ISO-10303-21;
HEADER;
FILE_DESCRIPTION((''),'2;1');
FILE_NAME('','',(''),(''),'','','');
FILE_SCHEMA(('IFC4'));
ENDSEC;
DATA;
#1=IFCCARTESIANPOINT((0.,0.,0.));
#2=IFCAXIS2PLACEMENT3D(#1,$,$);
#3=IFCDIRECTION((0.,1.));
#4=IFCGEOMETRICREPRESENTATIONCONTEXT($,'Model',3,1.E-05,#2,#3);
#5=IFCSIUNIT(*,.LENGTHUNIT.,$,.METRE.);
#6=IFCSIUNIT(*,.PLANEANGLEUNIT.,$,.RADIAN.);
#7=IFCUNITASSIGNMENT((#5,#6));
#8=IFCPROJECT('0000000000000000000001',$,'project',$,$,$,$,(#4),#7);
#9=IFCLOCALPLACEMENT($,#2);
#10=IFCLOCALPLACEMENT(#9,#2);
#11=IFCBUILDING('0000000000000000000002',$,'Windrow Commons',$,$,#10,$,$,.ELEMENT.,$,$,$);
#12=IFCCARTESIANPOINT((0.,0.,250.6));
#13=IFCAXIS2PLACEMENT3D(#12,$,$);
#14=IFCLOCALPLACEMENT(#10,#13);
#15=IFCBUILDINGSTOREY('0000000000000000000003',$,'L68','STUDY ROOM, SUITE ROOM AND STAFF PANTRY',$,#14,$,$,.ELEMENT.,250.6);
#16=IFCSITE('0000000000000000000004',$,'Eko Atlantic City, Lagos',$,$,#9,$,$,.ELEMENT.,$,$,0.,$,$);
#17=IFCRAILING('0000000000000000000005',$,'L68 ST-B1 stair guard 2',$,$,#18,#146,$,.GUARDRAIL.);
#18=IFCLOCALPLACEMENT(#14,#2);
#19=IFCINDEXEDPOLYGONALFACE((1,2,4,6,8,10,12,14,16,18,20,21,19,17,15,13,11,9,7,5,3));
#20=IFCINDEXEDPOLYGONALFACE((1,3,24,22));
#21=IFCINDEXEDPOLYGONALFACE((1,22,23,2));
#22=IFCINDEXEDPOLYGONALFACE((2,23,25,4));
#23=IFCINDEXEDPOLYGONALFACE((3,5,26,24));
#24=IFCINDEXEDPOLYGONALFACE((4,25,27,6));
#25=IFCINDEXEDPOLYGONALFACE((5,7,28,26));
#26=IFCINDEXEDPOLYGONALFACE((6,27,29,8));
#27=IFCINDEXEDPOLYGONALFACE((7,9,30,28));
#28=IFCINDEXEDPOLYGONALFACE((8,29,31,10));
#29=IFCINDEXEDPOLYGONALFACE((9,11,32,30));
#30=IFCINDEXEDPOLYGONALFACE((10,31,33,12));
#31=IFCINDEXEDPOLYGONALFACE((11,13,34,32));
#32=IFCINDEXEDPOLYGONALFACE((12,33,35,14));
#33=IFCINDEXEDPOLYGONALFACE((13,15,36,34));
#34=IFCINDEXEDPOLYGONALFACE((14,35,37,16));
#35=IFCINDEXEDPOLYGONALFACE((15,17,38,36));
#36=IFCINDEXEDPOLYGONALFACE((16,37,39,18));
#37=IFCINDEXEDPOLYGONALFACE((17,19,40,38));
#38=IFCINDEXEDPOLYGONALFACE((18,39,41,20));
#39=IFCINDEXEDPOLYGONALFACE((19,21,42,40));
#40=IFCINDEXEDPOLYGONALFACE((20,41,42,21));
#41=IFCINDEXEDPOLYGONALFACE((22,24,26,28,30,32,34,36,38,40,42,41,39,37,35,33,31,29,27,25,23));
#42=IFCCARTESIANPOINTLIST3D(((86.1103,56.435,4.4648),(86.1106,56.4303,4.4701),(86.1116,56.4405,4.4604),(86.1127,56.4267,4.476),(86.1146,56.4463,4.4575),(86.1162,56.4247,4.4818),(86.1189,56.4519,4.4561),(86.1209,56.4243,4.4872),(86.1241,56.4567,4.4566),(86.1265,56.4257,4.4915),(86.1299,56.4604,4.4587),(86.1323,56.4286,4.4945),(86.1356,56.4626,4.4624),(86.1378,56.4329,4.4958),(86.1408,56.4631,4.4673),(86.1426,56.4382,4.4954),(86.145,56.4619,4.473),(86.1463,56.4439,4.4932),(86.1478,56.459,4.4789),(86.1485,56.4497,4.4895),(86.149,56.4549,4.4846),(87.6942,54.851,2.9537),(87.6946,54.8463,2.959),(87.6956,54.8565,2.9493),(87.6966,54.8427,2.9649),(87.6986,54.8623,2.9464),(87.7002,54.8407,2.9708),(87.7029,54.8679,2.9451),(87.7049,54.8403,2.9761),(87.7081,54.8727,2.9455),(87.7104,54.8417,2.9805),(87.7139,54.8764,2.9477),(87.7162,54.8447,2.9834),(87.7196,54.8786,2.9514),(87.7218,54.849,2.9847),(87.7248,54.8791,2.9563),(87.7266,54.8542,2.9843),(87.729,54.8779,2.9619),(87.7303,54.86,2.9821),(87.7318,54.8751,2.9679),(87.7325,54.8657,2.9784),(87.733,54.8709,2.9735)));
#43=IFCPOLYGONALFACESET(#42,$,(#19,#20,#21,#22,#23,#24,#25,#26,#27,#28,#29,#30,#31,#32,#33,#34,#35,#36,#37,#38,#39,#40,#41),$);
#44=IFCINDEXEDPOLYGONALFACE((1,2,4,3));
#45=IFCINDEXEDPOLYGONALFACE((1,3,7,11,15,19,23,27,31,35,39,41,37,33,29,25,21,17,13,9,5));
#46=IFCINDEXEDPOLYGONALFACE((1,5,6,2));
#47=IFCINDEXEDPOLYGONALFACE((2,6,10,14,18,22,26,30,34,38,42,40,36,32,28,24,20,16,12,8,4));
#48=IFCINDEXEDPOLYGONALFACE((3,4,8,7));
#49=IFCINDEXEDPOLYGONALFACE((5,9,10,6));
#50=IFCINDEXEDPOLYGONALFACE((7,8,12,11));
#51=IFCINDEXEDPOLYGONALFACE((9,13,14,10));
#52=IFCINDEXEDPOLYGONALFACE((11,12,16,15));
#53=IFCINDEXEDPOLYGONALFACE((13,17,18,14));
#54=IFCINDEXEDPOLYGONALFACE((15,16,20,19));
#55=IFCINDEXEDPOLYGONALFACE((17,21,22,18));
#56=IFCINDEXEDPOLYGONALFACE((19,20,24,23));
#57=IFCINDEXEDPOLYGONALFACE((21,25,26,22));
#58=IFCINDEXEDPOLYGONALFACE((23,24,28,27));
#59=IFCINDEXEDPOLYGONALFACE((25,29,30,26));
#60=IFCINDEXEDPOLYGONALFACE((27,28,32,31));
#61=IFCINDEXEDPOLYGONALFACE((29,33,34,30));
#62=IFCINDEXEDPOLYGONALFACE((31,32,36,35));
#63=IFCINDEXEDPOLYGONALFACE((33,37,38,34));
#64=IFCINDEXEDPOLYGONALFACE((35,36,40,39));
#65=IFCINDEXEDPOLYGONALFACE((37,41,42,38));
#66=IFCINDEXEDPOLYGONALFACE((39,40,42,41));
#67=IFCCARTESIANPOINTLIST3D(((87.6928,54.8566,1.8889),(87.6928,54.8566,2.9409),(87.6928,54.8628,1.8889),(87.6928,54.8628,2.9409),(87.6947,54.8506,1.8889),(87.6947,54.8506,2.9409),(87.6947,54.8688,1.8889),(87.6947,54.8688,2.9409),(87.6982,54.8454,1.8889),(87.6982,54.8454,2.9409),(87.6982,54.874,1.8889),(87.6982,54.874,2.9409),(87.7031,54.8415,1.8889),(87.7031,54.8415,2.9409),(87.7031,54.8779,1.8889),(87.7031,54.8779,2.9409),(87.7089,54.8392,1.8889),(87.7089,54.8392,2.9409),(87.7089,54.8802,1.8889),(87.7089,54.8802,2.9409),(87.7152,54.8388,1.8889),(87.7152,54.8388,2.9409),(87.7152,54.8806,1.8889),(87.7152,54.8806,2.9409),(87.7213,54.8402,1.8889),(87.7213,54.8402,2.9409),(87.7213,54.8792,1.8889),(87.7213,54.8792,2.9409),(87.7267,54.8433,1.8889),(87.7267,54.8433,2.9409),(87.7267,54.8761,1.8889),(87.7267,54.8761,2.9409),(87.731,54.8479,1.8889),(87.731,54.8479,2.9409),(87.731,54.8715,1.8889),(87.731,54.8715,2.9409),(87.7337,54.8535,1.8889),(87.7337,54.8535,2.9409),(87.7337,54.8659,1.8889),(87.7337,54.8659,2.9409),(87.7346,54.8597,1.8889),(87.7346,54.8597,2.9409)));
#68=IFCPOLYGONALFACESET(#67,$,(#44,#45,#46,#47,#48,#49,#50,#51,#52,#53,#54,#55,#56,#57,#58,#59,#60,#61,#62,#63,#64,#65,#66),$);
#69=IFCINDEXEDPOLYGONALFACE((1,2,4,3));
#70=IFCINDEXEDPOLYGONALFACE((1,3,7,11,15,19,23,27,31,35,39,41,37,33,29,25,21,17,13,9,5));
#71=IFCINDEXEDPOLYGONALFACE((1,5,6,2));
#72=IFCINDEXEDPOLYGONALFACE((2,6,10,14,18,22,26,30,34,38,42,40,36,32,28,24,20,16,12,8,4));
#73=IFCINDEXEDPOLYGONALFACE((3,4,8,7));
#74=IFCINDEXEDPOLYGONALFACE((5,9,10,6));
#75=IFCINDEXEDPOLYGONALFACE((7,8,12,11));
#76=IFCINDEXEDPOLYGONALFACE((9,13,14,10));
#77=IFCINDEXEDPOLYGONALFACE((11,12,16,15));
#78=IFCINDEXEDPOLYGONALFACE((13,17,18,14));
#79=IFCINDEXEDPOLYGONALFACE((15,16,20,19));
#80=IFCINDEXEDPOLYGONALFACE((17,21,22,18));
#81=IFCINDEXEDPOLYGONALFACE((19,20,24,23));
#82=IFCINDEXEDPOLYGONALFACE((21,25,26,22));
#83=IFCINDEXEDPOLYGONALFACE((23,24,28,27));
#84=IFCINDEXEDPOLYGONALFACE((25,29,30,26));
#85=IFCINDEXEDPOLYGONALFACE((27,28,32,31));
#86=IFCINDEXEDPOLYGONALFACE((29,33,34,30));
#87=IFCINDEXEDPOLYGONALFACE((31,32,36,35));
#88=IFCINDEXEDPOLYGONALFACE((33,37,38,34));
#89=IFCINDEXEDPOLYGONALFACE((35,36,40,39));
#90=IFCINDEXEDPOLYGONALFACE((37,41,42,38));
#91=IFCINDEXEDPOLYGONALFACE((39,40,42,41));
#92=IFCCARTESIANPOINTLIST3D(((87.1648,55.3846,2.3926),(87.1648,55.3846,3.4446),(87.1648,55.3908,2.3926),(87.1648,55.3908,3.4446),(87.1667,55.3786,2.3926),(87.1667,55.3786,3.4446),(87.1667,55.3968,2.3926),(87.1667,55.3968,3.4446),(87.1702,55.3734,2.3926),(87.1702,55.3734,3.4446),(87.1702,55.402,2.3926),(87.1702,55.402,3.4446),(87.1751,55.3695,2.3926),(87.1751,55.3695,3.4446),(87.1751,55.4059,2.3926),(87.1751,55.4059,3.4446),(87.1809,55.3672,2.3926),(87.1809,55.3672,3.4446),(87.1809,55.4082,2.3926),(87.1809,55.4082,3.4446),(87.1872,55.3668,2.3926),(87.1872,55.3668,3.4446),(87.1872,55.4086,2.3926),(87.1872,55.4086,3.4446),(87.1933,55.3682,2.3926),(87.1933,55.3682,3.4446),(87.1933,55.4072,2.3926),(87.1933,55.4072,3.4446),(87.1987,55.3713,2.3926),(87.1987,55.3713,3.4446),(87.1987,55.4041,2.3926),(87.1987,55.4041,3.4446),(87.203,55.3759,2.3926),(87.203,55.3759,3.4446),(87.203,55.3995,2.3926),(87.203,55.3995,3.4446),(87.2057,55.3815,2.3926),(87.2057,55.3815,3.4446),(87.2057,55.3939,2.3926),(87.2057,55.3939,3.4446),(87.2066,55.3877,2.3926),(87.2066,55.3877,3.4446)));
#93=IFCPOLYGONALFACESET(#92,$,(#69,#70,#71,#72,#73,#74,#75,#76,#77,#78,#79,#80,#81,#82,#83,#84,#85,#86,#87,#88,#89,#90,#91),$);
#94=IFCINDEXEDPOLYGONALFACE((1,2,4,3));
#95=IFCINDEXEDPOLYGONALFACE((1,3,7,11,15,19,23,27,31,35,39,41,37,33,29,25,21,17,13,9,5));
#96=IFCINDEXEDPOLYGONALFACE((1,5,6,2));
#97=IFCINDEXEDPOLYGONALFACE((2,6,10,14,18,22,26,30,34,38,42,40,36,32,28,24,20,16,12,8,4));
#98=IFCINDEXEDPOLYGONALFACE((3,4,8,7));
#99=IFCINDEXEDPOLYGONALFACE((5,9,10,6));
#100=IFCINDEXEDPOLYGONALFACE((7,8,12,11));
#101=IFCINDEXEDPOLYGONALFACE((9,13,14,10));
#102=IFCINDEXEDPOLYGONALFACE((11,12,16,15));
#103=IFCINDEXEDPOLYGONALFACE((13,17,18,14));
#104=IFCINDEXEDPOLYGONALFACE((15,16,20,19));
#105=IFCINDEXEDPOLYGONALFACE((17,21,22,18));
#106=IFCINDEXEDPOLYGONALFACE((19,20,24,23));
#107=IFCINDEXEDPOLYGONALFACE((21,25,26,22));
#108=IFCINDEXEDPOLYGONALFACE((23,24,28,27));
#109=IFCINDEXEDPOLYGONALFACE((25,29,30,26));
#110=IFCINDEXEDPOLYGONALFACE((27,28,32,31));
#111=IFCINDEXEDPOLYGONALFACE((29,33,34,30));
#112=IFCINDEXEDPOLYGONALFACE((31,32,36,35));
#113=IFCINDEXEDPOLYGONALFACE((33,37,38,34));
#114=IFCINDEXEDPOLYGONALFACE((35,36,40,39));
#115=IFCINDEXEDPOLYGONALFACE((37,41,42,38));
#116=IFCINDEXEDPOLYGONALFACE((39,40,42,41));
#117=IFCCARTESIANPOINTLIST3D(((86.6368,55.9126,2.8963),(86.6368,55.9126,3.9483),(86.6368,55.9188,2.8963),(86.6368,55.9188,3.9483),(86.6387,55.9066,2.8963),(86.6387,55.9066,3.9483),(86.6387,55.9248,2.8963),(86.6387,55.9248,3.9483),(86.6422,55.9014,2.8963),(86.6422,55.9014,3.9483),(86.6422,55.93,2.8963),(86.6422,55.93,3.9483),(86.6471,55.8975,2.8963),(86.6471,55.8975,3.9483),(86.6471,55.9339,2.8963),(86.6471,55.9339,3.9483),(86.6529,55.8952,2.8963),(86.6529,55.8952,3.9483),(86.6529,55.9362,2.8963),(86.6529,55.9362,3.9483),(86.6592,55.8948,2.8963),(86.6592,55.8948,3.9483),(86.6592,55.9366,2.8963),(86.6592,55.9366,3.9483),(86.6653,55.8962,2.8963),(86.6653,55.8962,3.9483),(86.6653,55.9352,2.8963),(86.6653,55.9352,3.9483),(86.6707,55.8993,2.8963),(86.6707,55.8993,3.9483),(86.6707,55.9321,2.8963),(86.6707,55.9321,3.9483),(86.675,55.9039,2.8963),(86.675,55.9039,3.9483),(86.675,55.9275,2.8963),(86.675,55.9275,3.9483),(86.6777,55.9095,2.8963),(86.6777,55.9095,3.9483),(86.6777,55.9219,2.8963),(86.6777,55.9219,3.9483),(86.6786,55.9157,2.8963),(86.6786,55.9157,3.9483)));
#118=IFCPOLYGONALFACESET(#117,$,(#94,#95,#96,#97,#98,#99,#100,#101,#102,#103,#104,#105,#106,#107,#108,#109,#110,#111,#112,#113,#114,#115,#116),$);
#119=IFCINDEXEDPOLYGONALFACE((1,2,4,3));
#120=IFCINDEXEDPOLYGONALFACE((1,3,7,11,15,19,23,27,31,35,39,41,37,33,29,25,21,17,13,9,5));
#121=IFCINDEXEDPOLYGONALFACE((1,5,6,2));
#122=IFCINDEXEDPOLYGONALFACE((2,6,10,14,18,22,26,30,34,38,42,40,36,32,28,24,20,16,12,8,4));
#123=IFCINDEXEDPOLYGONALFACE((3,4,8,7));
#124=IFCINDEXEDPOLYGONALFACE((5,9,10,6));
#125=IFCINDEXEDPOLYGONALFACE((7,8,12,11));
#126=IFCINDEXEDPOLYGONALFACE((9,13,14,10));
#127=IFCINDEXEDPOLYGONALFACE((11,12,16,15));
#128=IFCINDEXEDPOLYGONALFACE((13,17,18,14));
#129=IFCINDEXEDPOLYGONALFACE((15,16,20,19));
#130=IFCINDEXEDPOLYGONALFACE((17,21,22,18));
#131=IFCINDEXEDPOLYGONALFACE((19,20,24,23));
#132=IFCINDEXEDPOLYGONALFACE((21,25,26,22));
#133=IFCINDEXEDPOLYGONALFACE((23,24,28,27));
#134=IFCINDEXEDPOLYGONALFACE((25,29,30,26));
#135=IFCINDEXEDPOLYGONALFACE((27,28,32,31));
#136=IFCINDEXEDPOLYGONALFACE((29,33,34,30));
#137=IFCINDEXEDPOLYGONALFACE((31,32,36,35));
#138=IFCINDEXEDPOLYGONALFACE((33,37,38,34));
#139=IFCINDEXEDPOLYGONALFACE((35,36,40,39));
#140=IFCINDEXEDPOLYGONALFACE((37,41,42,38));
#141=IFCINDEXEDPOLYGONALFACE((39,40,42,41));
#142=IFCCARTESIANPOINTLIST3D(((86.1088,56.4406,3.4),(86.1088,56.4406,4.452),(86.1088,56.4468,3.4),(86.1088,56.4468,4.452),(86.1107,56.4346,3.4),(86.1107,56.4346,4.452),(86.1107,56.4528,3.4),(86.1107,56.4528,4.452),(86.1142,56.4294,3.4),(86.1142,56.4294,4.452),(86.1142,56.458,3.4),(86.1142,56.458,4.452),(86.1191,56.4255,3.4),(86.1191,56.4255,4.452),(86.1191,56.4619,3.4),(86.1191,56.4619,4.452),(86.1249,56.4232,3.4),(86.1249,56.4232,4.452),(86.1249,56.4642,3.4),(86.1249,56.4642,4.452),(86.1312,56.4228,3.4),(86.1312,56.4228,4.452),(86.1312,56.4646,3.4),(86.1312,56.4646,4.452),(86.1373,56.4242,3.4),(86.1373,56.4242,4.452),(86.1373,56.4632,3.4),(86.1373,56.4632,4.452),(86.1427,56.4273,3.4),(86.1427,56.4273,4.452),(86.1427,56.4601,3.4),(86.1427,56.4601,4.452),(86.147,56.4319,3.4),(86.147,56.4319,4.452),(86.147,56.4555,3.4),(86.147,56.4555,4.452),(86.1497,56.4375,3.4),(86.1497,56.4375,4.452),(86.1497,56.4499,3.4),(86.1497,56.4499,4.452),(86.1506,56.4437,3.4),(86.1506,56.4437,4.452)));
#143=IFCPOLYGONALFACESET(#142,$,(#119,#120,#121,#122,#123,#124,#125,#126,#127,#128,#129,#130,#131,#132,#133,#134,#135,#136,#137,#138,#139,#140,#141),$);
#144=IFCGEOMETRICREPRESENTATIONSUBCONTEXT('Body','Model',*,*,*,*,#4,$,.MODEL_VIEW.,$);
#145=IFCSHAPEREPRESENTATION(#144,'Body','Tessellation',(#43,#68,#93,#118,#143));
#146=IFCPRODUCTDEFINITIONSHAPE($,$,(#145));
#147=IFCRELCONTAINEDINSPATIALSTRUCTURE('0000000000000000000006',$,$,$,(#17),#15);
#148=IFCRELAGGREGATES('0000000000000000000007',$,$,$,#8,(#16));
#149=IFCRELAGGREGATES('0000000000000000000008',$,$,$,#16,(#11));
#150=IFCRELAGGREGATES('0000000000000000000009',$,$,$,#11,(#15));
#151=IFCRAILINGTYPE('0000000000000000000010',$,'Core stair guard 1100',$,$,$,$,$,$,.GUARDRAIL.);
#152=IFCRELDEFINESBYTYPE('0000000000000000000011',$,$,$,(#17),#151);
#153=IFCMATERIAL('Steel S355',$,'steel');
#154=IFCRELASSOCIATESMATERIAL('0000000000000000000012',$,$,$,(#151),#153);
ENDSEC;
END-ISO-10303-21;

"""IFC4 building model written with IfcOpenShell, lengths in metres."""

from ifc_helpers import new_model, si_unit, direction, frame, origin, origin_2d, place, context, subcontext, project, spatial, circle, extrude, material, type_object, element, save


model = new_model("IFC4")

# Units and contexts
model_context = context("Model", 3, precision=1e-05, world=origin(), true_north=direction((0.0, 1.0)))
body_context = subcontext(model_context, "Body", "Model", "MODEL_VIEW")
ifc_project = project(units=[si_unit("LENGTHUNIT", "METRE"), si_unit("PLANEANGLEUNIT", "RADIAN")], contexts=[model_context])

# Site, building, storey
site_placement = place(None, origin())
site = spatial("IfcSite", under=ifc_project, at=site_placement, Name="Eko Atlantic City, Lagos", CompositionType="ELEMENT", RefElevation=0.0)
building_placement = place(site_placement, origin())
building = spatial("IfcBuilding", under=site, at=building_placement, Name="Windrow Commons", CompositionType="ELEMENT")
storey_placement = place(building_placement, frame((0.0, 0.0, 250.6)))
storey = spatial("IfcBuildingStorey", under=building, at=storey_placement, Name="L68", Description="STUDY ROOM, SUITE ROOM AND STAFF PANTRY", CompositionType="ELEMENT", Elevation=250.6)

# Railing
ifc_material_1 = material(Name="Steel S355", Category="steel")
railing_type_1 = type_object("IfcRailingType", Name="Core stair guard 1100", PredefinedType="GUARDRAIL", material=ifc_material_1)
railing_1_placement = place(storey_placement, frame((87.7136, 54.8597, 1.8889)))
element("IfcRailing", 1, at=railing_1_placement, inside=storey, type_object=railing_type_1, Name="L68 ST-B1 stair guard 2", PredefinedType="GUARDRAIL", context=body_context, shape_type="SweptSolid", body=[
    extrude(circle(Radius=0.024, at=origin_2d()), frame((0.0, 0.0, 1.076), z_axis=(-0.586203, 0.586203, 0.559224), x_axis=(-0.707107, -0.707107, 0.0)), (0.0, 0.0, 1.0), 2.7021),
    extrude(circle(Radius=0.021, at=origin_2d()), origin(), (0.0, 0.0, 1.0), 1.052),
    extrude(circle(Radius=0.021, at=origin_2d()), frame((-0.528, 0.528, 0.5037)), (0.0, 0.0, 1.0), 1.052),
    extrude(circle(Radius=0.021, at=origin_2d()), frame((-1.056, 1.056, 1.0074)), (0.0, 0.0, 1.0), 1.052),
    extrude(circle(Radius=0.021, at=origin_2d()), frame((-1.584, 1.584, 1.5111)), (0.0, 0.0, 1.0), 1.052),
])

save(model, "model.ifc")
